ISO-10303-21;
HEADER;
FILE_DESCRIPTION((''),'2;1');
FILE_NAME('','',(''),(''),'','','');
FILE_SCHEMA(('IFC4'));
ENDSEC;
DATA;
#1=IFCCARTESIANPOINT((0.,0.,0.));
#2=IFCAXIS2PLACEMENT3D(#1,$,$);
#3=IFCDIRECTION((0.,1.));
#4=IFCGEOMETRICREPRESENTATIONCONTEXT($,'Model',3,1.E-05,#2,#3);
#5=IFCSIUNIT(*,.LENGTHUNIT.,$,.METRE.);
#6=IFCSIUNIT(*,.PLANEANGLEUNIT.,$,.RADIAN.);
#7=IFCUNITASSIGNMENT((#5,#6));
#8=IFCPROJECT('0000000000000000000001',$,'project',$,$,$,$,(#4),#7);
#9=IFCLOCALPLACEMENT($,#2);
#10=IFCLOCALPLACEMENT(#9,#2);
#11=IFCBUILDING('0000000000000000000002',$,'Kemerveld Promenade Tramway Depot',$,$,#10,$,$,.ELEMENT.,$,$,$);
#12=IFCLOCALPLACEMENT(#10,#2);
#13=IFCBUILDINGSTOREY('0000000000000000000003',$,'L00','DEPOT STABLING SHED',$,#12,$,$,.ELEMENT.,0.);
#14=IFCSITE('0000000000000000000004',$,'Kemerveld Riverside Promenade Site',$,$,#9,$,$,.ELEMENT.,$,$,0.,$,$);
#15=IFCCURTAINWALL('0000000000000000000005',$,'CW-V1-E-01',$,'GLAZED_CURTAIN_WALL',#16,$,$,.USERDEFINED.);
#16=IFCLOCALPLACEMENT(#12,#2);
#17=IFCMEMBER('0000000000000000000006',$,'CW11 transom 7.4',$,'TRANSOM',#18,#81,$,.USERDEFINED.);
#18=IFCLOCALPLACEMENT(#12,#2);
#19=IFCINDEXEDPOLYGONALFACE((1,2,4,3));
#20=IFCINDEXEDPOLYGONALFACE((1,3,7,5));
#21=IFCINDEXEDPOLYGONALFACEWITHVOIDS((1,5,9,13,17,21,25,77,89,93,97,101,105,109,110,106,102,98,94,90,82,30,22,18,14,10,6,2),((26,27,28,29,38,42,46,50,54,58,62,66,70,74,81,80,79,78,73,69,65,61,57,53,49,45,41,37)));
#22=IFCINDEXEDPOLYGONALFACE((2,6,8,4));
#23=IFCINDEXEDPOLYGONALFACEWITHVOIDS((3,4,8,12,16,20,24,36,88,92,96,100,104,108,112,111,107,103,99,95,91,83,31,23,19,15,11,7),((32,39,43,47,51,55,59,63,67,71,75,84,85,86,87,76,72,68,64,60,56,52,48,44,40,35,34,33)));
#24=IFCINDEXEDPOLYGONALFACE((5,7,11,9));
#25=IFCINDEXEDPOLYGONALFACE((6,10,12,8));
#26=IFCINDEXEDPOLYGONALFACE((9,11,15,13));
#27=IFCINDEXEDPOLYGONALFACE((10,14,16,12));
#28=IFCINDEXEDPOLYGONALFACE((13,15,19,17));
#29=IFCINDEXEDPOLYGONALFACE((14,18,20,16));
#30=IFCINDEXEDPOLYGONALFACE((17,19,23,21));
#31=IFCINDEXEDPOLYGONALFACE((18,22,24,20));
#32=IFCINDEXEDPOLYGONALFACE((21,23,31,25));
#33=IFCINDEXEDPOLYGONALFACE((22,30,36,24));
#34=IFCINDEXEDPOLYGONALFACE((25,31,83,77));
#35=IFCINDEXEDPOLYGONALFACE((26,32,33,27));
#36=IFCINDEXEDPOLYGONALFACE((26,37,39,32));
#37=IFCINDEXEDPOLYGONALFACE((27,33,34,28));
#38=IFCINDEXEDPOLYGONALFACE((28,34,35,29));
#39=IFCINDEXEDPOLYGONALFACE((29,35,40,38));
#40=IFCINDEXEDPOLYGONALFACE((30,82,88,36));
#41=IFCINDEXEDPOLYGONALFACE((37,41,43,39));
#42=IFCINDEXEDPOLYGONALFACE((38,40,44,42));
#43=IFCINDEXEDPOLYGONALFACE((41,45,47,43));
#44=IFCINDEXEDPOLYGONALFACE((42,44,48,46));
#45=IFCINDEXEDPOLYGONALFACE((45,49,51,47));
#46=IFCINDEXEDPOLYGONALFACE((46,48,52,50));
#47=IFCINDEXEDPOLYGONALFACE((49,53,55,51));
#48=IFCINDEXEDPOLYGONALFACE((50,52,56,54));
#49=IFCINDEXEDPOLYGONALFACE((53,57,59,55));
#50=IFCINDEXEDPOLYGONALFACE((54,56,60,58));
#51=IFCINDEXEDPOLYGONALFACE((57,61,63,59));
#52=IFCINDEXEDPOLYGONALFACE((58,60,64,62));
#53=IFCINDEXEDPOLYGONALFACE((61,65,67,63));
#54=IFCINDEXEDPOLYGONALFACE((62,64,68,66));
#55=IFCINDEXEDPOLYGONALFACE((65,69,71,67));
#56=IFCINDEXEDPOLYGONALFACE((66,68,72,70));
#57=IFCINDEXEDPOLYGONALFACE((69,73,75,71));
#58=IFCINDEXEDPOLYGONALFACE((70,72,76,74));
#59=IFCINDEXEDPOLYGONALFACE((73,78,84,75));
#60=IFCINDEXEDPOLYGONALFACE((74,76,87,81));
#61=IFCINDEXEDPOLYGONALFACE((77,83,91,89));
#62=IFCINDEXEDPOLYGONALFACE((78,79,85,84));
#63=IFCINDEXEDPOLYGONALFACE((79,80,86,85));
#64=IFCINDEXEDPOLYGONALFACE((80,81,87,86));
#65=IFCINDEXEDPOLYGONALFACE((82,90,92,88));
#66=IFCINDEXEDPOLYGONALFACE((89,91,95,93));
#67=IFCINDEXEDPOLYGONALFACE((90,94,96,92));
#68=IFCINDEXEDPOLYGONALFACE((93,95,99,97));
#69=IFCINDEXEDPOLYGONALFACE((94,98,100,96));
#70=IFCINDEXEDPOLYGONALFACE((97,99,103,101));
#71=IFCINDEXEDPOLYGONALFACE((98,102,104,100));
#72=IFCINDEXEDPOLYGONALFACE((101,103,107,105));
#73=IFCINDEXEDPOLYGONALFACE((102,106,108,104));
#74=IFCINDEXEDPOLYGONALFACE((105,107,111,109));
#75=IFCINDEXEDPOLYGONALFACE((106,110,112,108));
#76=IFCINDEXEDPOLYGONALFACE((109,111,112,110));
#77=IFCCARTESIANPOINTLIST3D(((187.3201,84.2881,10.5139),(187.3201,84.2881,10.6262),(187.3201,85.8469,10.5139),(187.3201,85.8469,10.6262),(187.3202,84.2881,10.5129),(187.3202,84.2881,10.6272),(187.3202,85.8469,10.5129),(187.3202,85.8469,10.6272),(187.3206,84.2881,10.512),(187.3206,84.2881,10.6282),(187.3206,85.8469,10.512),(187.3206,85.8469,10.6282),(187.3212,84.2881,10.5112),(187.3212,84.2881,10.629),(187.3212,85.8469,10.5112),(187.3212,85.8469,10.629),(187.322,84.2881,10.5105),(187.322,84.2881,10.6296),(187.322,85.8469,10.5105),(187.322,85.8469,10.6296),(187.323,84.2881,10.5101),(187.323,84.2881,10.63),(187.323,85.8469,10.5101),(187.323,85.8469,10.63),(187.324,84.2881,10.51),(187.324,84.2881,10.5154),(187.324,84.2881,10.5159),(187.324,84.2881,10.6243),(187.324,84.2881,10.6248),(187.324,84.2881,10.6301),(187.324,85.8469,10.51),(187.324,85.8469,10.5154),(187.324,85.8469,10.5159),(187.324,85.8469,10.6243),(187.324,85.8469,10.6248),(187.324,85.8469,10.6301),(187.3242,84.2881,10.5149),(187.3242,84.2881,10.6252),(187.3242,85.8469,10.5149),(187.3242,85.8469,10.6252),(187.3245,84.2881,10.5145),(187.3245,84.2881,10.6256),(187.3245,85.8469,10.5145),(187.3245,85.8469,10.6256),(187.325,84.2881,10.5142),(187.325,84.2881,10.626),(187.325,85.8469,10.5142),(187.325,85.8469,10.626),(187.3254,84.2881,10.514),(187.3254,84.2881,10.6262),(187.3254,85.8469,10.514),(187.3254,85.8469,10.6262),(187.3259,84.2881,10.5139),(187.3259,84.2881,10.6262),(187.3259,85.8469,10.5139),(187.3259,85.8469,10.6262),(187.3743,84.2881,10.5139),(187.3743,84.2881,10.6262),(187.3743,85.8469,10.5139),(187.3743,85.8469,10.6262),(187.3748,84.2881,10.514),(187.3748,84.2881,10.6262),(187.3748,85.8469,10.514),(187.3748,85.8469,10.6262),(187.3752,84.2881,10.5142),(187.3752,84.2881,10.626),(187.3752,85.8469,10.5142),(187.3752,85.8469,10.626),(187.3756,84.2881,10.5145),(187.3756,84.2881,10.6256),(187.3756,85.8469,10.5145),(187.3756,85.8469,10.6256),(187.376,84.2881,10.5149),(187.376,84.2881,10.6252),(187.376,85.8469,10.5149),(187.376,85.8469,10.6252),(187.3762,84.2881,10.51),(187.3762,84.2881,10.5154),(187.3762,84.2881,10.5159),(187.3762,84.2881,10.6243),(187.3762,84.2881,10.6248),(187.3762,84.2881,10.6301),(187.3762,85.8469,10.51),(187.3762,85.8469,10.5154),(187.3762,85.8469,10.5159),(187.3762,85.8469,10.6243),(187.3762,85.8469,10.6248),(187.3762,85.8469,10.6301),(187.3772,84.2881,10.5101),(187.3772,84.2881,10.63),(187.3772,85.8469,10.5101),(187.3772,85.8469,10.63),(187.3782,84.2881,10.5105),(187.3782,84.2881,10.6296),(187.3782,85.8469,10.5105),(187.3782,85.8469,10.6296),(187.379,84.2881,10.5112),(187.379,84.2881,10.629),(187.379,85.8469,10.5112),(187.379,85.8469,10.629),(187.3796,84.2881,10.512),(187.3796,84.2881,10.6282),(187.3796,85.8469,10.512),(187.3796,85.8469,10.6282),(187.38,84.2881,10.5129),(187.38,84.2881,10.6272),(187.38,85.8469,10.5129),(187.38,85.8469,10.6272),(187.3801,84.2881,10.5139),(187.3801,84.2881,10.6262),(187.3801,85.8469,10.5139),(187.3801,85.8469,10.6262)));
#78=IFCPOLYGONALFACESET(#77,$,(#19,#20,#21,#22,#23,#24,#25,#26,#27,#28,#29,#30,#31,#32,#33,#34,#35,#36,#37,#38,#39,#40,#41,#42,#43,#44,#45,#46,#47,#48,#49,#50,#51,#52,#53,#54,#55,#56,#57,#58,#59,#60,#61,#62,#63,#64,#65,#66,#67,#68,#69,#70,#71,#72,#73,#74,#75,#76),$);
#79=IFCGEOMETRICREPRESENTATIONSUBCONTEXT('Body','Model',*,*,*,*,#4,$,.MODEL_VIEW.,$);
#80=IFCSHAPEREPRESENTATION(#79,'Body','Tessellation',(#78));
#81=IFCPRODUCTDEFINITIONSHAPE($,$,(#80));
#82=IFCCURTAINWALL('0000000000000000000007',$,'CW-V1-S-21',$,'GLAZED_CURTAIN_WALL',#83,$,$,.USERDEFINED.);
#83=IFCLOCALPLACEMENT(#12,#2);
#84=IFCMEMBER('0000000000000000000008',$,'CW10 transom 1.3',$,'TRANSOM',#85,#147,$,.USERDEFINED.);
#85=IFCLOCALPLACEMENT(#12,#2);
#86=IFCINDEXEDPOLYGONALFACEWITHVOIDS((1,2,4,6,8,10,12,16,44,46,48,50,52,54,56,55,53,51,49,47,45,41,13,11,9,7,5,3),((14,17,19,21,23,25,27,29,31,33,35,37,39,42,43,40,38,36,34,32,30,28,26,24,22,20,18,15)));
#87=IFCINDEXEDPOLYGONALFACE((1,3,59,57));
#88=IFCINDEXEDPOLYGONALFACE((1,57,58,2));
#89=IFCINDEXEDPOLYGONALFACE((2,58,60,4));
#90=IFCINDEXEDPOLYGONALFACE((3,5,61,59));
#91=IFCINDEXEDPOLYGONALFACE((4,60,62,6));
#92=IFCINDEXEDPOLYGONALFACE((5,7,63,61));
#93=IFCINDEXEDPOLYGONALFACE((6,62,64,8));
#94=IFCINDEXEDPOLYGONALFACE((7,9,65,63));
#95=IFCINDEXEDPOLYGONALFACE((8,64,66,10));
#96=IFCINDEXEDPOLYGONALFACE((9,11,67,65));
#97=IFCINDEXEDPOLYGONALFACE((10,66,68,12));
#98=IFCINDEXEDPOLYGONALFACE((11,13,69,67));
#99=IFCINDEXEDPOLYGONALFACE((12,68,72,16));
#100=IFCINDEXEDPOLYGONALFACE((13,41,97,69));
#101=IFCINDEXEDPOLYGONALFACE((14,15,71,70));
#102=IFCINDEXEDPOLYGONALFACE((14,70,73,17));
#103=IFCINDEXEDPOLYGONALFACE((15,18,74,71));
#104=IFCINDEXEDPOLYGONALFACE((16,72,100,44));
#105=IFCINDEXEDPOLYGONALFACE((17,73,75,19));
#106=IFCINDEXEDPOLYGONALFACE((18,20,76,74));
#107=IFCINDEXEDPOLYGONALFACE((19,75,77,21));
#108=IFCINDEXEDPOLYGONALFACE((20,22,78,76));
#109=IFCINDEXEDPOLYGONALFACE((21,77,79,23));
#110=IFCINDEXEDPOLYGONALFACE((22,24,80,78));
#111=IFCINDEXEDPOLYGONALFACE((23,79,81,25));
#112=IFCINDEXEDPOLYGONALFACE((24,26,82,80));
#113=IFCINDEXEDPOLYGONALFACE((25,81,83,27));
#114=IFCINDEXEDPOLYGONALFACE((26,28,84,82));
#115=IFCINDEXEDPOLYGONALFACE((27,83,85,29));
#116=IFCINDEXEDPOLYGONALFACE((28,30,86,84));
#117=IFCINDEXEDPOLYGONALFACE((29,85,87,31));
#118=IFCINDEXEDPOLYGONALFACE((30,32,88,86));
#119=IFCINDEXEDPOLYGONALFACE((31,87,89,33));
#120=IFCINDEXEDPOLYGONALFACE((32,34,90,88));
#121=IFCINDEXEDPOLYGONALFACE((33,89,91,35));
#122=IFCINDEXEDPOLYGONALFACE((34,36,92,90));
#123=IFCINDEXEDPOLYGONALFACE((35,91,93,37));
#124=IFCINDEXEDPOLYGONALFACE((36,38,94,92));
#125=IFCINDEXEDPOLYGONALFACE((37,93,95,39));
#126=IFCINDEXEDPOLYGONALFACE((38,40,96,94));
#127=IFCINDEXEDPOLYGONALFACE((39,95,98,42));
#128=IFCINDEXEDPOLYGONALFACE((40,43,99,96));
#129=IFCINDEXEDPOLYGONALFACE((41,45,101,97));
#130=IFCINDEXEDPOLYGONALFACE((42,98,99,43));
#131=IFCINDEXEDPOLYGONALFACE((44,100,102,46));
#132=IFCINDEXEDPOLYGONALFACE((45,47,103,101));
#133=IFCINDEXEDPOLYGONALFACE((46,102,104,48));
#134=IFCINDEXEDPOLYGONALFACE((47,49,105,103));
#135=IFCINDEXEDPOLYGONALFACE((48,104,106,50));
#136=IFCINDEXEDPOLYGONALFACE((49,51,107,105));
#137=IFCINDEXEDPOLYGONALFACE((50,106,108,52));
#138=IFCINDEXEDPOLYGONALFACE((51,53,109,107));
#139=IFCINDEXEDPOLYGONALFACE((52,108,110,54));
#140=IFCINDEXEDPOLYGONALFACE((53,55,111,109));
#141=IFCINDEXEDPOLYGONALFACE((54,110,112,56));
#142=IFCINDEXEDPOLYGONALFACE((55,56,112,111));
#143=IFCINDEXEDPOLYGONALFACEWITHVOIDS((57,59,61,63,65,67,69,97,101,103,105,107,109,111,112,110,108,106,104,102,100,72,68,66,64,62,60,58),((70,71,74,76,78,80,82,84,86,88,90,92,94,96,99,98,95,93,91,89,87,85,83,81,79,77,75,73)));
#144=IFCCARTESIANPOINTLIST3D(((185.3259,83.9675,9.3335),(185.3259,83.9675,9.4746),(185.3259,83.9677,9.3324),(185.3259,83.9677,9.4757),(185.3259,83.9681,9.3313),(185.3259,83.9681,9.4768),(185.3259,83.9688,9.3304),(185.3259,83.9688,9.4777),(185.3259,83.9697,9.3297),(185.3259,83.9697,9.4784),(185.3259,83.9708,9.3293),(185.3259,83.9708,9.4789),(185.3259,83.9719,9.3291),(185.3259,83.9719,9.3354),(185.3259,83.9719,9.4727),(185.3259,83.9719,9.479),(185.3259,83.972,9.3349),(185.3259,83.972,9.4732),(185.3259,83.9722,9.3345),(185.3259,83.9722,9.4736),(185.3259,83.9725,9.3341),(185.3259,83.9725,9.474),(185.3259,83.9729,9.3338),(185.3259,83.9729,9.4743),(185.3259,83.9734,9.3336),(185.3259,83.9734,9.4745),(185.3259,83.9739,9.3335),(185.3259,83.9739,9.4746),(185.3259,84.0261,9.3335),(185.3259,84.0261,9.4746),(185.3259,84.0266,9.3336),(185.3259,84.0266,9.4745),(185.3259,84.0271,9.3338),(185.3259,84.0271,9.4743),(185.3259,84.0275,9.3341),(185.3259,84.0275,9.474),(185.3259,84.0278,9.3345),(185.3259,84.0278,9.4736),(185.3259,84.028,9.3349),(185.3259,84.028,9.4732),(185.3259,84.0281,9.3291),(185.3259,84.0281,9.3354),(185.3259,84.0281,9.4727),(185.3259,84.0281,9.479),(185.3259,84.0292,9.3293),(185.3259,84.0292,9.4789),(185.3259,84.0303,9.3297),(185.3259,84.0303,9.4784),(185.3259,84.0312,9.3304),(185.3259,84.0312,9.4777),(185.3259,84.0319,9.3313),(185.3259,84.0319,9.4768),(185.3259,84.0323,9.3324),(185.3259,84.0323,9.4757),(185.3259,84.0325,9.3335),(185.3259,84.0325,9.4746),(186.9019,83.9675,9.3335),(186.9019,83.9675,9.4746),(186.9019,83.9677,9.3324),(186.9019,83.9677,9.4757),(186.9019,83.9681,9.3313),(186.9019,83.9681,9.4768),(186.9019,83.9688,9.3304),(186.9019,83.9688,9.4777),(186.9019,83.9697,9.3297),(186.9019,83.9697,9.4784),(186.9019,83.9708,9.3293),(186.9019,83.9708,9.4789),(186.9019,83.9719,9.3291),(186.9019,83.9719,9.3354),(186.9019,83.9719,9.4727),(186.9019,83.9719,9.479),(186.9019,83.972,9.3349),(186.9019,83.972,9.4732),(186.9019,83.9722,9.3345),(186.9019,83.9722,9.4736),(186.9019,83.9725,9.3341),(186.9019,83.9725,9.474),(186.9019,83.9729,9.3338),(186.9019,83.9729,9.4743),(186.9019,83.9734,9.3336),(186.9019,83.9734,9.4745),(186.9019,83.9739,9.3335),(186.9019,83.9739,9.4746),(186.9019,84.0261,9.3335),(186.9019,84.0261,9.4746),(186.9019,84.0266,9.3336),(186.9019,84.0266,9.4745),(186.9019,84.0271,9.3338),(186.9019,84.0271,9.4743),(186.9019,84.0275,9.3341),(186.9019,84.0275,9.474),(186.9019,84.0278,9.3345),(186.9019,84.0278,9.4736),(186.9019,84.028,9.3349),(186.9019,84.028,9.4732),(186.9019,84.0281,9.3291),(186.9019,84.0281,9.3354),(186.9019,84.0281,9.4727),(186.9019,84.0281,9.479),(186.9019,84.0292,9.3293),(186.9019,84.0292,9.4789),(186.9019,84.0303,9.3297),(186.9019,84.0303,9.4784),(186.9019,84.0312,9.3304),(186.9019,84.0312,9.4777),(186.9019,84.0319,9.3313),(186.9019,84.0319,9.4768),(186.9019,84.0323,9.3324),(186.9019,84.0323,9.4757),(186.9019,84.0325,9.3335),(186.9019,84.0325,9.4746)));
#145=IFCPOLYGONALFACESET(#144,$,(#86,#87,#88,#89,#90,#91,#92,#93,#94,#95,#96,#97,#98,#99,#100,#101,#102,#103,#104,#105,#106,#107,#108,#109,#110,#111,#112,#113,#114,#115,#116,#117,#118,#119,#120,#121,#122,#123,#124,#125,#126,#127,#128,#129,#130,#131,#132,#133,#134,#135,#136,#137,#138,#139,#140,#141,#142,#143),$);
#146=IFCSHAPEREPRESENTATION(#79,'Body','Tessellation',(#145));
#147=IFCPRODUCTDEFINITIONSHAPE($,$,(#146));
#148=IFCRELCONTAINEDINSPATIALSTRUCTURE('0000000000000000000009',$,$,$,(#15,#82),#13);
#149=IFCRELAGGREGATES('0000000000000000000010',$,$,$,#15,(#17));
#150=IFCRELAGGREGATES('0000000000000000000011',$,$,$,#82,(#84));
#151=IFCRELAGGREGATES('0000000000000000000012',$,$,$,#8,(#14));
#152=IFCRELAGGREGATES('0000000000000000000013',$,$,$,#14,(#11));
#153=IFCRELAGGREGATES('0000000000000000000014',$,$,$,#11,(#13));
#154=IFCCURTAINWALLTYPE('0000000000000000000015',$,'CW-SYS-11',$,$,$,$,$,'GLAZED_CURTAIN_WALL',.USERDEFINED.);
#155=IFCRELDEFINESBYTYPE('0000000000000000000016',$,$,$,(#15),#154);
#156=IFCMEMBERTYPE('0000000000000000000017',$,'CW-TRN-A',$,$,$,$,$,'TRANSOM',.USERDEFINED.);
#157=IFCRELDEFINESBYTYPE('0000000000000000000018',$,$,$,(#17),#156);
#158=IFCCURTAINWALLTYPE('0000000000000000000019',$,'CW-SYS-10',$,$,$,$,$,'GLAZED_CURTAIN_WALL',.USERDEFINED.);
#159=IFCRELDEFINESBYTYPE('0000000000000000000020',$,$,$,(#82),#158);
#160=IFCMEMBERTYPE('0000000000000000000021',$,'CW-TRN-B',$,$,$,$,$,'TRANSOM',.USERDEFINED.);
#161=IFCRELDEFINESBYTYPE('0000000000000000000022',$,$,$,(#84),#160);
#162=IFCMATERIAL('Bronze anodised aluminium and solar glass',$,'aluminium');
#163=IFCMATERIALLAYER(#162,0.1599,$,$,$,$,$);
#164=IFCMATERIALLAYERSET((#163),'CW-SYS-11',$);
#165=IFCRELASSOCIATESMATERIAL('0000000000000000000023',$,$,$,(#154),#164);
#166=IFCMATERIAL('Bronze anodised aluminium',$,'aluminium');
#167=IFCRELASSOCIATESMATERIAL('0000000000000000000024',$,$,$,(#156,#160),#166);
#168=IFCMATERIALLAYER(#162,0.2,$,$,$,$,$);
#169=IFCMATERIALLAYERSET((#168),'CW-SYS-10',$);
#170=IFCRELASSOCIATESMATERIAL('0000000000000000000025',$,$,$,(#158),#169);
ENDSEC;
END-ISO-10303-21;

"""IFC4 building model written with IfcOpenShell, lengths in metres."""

from ifc_helpers import new_model, si_unit, direction, frame, origin, origin_2d, place, context, subcontext, project, spatial, hollow_rectangle, extrude, material, layer, layer_set, material_profile, profile_set, type_object, element, aggregate, save


model = new_model("IFC4")

# Units and contexts
model_context = context("Model", 3, precision=1e-05, world=origin(), true_north=direction((0.0, 1.0)))
body_context = subcontext(model_context, "Body", "Model", "MODEL_VIEW")
ifc_project = project(units=[si_unit("LENGTHUNIT", "METRE"), si_unit("PLANEANGLEUNIT", "RADIAN")], contexts=[model_context])

# Site, building, storey
site_placement = place(None, origin())
site = spatial("IfcSite", under=ifc_project, at=site_placement, Name="Kemerveld Riverside Promenade Site", CompositionType="ELEMENT", RefElevation=0.0)
building_placement = place(site_placement, origin())
building = spatial("IfcBuilding", under=site, at=building_placement, Name="Kemerveld Promenade Tramway Depot", CompositionType="ELEMENT")
storey_placement = place(building_placement, origin())
storey = spatial("IfcBuildingStorey", under=building, at=storey_placement, Name="L00", Description="DEPOT STABLING SHED", CompositionType="ELEMENT", Elevation=0.0)

# Curtain walls, members
ifc_material_1 = material(Name="Bronze anodised aluminium and solar glass", Category="aluminium")
ifc_layer_1 = layer(ifc_material_1, 0.1599)
ifc_layer_set_1 = layer_set([ifc_layer_1], Name="CW-SYS-11")
curtain_wall_type_1 = type_object("IfcCurtainWallType", Name="CW-SYS-11", ElementType="GLAZED_CURTAIN_WALL", PredefinedType="USERDEFINED", material=ifc_layer_set_1)
curtain_wall_1_placement = place(storey_placement, origin())
curtain_wall_1 = element("IfcCurtainWall", 1, at=curtain_wall_1_placement, inside=storey, type_object=curtain_wall_type_1, Name="CW-V1-E-01", ObjectType="GLAZED_CURTAIN_WALL", PredefinedType="USERDEFINED")
ifc_material_2 = material(Name="Bronze anodised aluminium", Category="aluminium")
ifc_material_profile_1 = material_profile(ifc_material_2, hollow_rectangle(XDim=0.0601, YDim=0.1201, WallThickness=0.0039, InnerFilletRadius=0.002, OuterFilletRadius=0.0039, at=origin_2d()), Name="CW-TRN-120x60")
ifc_profile_set_1 = profile_set([ifc_material_profile_1], Name="Bronze anodised aluminium")
member_type_1 = type_object("IfcMemberType", Name="CW-TRN-A", ElementType="TRANSOM", PredefinedType="USERDEFINED", material=ifc_profile_set_1)
member_1_placement = place(storey_placement, frame((187.3501, 85.8469, 10.5701), z_axis=(0.0, -1.0, 0.0), x_axis=(1.0, 0.0, 0.0)))
member_1 = element("IfcMember", 2, at=member_1_placement, type_object=member_type_1, Name="CW11 transom 7.4", ObjectType="TRANSOM", PredefinedType="USERDEFINED", context=body_context, shape_type="SweptSolid", body=[
    extrude(hollow_rectangle(XDim=0.0601, YDim=0.1201, WallThickness=0.0039, InnerFilletRadius=0.002, OuterFilletRadius=0.0039, at=origin_2d()), origin(), (0.0, 0.0, 1.0), 1.5588),
])
ifc_layer_2 = layer(ifc_material_1, 0.2)
ifc_layer_set_2 = layer_set([ifc_layer_2], Name="CW-SYS-10")
curtain_wall_type_2 = type_object("IfcCurtainWallType", Name="CW-SYS-10", ElementType="GLAZED_CURTAIN_WALL", PredefinedType="USERDEFINED", material=ifc_layer_set_2)
curtain_wall_2_placement = place(storey_placement, origin())
curtain_wall_2 = element("IfcCurtainWall", 3, at=curtain_wall_2_placement, inside=storey, type_object=curtain_wall_type_2, Name="CW-V1-S-21", ObjectType="GLAZED_CURTAIN_WALL", PredefinedType="USERDEFINED")
ifc_material_profile_2 = material_profile(ifc_material_2, hollow_rectangle(XDim=0.0649, YDim=0.1499, WallThickness=0.0044, InnerFilletRadius=0.002, OuterFilletRadius=0.0044, at=origin_2d()), Name="CW-TRN-150x65")
ifc_profile_set_2 = profile_set([ifc_material_profile_2], Name="Bronze anodised aluminium")
member_type_2 = type_object("IfcMemberType", Name="CW-TRN-B", ElementType="TRANSOM", PredefinedType="USERDEFINED", material=ifc_profile_set_2)
member_2_placement = place(storey_placement, frame((186.9019, 84.0, 9.4041), z_axis=(-1.0, 0.0, 0.0), x_axis=(0.0, -1.0, 0.0)))
member_2 = element("IfcMember", 4, at=member_2_placement, type_object=member_type_2, Name="CW10 transom 1.3", ObjectType="TRANSOM", PredefinedType="USERDEFINED", context=body_context, shape_type="SweptSolid", body=[
    extrude(hollow_rectangle(XDim=0.0649, YDim=0.1499, WallThickness=0.0044, InnerFilletRadius=0.002, OuterFilletRadius=0.0044, at=origin_2d()), origin(), (0.0, 0.0, 1.0), 1.5759),
])

aggregate(curtain_wall_1, [member_1])
aggregate(curtain_wall_2, [member_2])

save(model, "model.ifc")
